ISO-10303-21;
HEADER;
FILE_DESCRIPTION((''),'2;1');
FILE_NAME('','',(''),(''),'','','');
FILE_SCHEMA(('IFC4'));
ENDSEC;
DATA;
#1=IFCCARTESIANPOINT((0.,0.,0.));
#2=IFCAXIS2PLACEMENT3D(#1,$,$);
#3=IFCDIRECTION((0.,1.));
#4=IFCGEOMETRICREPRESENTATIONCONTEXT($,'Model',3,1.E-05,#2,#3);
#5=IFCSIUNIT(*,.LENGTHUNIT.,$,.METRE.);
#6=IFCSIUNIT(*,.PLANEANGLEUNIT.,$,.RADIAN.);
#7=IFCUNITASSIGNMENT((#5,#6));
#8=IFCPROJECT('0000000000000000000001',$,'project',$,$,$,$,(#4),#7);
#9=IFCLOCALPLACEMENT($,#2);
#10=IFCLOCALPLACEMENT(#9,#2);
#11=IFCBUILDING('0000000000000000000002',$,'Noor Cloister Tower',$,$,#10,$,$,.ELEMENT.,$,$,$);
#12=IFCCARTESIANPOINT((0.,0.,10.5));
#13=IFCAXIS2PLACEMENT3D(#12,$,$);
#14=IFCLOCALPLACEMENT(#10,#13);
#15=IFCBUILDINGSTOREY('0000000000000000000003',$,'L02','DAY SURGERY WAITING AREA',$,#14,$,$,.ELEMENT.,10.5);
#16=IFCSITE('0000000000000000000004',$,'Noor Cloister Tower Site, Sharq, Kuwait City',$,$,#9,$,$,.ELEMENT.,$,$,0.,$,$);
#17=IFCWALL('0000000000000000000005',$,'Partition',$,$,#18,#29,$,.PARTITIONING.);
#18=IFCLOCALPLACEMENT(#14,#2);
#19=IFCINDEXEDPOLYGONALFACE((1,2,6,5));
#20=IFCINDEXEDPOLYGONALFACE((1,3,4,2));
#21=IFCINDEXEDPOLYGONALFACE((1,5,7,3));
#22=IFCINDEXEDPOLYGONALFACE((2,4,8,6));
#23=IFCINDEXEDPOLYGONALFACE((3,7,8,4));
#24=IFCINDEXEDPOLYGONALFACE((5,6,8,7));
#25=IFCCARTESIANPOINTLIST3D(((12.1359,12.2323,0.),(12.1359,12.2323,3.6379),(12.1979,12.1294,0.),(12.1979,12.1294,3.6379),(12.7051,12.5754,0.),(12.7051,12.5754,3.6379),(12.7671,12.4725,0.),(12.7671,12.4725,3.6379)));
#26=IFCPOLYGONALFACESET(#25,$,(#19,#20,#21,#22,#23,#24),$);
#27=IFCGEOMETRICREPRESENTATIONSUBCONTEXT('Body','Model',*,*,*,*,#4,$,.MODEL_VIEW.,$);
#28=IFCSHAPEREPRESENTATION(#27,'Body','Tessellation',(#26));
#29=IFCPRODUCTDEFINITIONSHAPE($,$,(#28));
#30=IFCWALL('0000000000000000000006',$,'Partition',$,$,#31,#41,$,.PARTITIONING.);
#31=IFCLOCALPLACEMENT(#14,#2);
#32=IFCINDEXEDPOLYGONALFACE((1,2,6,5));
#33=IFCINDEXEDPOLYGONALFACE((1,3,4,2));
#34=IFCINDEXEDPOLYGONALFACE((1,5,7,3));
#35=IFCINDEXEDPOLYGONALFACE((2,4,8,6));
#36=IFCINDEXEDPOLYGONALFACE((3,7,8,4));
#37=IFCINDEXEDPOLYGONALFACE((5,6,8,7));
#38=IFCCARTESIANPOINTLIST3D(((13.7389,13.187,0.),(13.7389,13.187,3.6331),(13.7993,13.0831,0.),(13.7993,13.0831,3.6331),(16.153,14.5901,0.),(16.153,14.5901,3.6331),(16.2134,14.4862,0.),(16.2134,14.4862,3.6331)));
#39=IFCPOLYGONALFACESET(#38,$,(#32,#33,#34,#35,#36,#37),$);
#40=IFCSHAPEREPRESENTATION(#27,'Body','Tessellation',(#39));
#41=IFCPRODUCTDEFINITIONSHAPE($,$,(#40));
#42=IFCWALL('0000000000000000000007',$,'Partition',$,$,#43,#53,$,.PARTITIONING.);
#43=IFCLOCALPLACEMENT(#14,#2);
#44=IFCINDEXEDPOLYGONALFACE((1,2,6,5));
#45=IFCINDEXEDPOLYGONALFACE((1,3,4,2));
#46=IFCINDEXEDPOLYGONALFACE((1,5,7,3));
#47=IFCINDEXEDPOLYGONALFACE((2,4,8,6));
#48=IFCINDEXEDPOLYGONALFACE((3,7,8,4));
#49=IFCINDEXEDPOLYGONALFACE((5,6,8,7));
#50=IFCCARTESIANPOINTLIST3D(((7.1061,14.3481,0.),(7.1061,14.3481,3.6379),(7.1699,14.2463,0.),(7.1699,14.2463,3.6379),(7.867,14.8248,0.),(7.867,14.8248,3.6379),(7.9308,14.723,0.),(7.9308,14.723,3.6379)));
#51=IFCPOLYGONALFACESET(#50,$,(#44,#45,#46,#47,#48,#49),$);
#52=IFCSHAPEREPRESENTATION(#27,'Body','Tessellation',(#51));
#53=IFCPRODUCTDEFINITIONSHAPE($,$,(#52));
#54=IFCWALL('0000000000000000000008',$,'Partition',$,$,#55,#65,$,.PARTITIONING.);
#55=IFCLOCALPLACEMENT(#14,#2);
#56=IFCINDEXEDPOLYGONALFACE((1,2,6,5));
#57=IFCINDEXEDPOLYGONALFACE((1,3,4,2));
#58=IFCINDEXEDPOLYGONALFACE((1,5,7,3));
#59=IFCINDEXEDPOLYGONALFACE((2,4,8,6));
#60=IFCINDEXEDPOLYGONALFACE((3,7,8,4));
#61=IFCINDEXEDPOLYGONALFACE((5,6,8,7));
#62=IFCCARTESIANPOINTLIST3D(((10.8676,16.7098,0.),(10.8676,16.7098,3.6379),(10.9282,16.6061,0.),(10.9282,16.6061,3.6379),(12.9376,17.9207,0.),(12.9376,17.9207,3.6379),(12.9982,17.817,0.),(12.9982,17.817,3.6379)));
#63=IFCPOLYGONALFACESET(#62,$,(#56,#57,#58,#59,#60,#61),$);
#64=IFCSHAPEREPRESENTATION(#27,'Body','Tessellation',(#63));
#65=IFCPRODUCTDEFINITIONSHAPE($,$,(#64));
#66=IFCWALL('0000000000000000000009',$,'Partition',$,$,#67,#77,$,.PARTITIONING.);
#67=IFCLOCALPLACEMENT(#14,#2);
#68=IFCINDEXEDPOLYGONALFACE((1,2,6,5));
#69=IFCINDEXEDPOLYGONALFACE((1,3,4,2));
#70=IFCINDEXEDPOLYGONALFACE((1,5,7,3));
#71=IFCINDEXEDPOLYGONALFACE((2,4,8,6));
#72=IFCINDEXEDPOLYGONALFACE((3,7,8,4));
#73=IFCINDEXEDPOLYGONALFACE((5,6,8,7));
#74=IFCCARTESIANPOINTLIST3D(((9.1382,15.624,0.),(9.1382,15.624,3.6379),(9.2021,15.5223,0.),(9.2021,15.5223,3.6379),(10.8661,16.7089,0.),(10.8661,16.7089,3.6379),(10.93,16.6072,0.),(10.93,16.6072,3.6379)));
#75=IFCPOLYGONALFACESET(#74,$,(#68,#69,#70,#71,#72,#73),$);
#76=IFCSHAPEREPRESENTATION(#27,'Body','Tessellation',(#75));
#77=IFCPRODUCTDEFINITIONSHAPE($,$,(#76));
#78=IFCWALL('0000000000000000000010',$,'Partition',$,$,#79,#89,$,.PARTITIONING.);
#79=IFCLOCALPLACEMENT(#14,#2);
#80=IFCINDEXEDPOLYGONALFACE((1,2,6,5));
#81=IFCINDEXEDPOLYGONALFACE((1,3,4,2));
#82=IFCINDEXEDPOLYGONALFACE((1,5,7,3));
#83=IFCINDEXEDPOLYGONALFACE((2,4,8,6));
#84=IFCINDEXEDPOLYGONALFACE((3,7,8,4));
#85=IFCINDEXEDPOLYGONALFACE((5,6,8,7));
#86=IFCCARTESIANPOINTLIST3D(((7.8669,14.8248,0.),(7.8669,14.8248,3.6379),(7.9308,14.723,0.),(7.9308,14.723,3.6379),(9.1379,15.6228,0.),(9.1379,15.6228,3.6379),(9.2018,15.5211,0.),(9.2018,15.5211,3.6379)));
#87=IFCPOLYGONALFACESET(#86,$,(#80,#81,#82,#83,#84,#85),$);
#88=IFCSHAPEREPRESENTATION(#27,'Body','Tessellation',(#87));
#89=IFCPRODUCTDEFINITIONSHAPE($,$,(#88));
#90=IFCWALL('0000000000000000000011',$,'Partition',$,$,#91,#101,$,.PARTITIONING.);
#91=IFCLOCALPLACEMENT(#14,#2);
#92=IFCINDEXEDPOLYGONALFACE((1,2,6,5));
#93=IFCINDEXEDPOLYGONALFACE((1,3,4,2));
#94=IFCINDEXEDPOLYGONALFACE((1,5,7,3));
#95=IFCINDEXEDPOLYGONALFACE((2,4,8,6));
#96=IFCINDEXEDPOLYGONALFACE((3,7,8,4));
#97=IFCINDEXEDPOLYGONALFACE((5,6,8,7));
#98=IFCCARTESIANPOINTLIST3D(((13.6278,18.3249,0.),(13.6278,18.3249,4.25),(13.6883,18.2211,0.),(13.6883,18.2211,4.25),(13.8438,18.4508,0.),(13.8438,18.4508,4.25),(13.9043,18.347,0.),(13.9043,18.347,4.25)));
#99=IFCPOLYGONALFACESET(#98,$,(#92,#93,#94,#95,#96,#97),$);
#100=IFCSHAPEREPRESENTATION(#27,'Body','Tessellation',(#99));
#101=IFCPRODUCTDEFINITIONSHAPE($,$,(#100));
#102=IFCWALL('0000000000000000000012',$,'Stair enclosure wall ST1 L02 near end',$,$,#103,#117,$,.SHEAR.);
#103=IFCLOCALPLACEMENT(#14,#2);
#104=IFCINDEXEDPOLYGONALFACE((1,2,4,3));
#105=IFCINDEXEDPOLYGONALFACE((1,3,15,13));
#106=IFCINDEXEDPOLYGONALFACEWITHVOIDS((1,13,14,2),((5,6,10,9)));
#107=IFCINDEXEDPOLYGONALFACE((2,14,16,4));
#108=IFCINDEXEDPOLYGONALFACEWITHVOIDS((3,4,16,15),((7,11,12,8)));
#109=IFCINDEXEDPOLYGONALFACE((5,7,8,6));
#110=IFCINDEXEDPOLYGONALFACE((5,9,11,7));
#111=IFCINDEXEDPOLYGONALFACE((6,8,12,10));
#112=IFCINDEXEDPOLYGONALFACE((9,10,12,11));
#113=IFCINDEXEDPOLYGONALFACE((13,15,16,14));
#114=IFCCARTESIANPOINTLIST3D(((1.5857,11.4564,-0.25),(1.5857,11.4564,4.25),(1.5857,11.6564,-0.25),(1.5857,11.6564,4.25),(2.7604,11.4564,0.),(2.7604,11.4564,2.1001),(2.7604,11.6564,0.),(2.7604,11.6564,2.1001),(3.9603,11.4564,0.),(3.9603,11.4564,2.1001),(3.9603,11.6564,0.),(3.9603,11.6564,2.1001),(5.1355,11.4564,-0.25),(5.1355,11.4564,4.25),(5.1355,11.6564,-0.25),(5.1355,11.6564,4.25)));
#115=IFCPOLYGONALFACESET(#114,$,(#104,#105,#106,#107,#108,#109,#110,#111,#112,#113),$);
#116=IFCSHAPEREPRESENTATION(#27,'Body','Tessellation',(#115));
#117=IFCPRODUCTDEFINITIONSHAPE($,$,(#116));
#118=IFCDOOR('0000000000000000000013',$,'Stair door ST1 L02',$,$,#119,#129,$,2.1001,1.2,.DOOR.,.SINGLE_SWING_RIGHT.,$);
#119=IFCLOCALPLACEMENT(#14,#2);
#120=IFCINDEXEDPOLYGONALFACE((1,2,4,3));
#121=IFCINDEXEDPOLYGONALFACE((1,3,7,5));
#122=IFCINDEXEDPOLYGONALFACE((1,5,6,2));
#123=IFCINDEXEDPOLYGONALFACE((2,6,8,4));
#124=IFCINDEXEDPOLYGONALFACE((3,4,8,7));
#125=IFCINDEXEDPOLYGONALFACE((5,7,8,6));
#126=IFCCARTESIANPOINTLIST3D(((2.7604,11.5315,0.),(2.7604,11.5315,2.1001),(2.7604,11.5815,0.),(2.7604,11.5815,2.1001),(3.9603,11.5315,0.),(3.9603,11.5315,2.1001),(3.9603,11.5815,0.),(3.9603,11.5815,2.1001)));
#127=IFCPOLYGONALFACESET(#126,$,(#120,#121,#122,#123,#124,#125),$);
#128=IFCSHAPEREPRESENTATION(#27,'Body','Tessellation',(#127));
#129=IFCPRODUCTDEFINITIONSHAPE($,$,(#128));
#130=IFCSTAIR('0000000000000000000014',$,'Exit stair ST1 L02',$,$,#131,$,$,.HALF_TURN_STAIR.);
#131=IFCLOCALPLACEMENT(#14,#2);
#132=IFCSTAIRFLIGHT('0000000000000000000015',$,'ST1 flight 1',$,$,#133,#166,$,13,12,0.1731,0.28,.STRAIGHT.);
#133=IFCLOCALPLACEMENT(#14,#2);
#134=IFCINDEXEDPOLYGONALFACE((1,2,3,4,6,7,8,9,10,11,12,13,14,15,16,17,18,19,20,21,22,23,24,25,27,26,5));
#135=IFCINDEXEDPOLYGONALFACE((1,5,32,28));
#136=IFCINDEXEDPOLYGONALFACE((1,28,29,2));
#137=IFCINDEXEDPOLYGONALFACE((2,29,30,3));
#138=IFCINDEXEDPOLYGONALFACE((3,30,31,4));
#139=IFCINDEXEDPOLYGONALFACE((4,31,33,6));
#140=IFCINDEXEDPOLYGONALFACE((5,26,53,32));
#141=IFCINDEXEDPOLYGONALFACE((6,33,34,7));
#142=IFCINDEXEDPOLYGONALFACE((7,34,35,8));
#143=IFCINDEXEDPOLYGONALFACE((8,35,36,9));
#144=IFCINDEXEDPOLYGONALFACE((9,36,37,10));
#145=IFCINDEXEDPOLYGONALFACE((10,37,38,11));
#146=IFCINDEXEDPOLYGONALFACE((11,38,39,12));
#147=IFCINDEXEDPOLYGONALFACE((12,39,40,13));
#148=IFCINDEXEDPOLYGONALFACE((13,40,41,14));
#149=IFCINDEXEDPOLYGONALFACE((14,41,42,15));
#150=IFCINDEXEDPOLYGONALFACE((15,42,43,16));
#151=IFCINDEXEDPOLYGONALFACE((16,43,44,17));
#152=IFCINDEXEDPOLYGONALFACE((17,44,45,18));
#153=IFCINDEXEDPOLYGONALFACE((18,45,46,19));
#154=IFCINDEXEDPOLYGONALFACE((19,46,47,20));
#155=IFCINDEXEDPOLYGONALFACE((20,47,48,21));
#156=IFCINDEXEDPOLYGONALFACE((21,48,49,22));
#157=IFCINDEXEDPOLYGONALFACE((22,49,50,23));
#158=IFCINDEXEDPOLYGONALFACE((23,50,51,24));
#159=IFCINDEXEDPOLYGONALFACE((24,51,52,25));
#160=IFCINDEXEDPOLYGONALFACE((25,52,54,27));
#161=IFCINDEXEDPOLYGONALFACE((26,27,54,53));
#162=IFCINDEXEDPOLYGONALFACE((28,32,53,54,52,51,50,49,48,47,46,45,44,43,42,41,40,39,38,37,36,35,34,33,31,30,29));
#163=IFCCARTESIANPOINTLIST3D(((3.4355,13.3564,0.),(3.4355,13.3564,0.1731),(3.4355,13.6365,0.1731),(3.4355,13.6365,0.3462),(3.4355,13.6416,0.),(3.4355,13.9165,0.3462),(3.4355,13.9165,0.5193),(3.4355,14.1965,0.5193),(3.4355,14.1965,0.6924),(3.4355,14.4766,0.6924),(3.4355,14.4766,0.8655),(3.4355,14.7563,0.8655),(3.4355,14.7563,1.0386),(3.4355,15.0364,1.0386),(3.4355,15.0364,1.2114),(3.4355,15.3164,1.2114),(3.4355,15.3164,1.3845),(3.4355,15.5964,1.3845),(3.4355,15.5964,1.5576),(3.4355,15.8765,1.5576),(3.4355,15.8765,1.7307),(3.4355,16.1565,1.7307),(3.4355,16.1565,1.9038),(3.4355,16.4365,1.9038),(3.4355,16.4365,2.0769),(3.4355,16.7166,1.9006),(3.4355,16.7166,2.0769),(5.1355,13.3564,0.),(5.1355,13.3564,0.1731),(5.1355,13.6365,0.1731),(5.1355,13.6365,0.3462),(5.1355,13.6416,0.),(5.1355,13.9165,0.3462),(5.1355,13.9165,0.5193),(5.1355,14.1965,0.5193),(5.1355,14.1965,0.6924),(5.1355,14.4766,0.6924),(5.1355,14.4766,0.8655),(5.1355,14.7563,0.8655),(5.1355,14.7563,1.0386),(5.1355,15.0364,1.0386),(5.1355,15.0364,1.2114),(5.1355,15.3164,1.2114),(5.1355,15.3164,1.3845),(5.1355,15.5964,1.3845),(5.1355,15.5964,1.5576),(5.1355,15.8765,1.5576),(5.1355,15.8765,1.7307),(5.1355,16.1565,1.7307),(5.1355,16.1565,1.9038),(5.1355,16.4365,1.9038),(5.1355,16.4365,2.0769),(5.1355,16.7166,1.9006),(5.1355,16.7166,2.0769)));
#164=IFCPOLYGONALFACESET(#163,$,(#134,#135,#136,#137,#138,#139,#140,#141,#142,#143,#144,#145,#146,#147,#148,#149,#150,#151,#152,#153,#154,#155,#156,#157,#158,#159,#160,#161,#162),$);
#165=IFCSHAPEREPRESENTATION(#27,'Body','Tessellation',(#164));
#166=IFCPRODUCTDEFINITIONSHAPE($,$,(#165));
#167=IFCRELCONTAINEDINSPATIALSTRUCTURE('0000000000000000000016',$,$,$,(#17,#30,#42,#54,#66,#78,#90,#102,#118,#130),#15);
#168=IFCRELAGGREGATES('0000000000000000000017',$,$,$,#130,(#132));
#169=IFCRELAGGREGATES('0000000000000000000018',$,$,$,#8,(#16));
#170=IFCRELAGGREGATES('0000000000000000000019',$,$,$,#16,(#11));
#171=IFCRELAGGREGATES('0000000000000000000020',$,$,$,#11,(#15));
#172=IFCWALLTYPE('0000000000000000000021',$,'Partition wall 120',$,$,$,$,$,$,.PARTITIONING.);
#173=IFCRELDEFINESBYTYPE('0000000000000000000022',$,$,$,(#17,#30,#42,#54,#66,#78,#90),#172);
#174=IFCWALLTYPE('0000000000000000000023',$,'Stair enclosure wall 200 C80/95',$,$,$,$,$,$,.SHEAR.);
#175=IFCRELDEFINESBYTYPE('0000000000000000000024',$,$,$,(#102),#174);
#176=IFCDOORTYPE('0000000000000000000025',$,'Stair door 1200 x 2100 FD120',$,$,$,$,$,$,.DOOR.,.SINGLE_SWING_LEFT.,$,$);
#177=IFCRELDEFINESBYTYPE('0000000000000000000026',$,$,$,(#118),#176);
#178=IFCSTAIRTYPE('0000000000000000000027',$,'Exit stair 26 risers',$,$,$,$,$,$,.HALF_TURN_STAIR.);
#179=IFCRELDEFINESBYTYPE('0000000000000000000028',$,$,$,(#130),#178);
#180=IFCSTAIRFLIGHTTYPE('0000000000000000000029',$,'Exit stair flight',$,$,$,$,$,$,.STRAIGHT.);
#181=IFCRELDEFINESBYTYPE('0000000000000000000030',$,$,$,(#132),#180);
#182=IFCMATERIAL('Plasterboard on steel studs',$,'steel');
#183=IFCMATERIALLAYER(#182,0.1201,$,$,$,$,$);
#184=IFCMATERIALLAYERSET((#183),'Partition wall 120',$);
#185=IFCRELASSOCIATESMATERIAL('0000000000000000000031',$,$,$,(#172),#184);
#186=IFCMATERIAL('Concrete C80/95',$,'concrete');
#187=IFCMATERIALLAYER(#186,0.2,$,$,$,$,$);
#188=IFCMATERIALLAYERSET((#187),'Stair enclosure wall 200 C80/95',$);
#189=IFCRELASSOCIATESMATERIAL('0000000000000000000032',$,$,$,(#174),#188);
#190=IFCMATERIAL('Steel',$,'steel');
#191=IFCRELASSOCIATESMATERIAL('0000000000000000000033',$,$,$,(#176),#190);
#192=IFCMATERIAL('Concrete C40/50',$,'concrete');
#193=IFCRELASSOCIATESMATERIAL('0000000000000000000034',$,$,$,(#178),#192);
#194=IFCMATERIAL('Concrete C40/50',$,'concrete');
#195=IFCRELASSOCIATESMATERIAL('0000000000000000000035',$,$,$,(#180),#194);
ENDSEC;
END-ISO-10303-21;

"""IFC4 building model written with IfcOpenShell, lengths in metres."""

from ifc_helpers import new_model, si_unit, direction, frame, frame_2d, origin, place, context, subcontext, project, spatial, polyline, rectangle, outline, extrude, material, layer, layer_set, type_object, element, fill, aggregate, save


model = new_model("IFC4")

# Units and contexts
model_context = context("Model", 3, precision=1e-05, world=origin(), true_north=direction((0.0, 1.0)))
body_context = subcontext(model_context, "Body", "Model", "MODEL_VIEW")
ifc_project = project(units=[si_unit("LENGTHUNIT", "METRE"), si_unit("PLANEANGLEUNIT", "RADIAN")], contexts=[model_context])

# Site, building, storey
site_placement = place(None, origin())
site = spatial("IfcSite", under=ifc_project, at=site_placement, Name="Noor Cloister Tower Site, Sharq, Kuwait City", CompositionType="ELEMENT", RefElevation=0.0)
building_placement = place(site_placement, origin())
building = spatial("IfcBuilding", under=site, at=building_placement, Name="Noor Cloister Tower", CompositionType="ELEMENT")
storey_placement = place(building_placement, frame((0.0, 0.0, 10.5)))
storey = spatial("IfcBuildingStorey", under=building, at=storey_placement, Name="L02", Description="DAY SURGERY WAITING AREA", CompositionType="ELEMENT", Elevation=10.5)

# Walls
ifc_material_1 = material(Name="Plasterboard on steel studs", Category="steel")
ifc_layer_1 = layer(ifc_material_1, 0.1201)
ifc_layer_set_1 = layer_set([ifc_layer_1], Name="Partition wall 120")
wall_type_1 = type_object("IfcWallType", Name="Partition wall 120", PredefinedType="PARTITIONING", material=ifc_layer_set_1)
wall_1_placement = place(storey_placement, frame((12.7361, 12.5239, 0.0), z_axis=(0.0, 0.0, 1.0), x_axis=(-0.856454, -0.516224, 0.0)))
element("IfcWall", 1, at=wall_1_placement, inside=storey, type_object=wall_type_1, Name="Partition", PredefinedType="PARTITIONING", context=body_context, shape_type="SweptSolid", body=[
    extrude(rectangle(XDim=0.6646, YDim=0.1201, at=frame_2d((0.3323, 0.0))), origin(), (0.0, 0.0, 1.0), 3.6379),
])
wall_2_placement = place(storey_placement, frame((16.1831, 14.5381, 0.0), z_axis=(0.0, 0.0, 1.0), x_axis=(-0.864577, -0.5025, 0.0)))
element("IfcWall", 2, at=wall_2_placement, inside=storey, type_object=wall_type_1, Name="Partition", PredefinedType="PARTITIONING", context=body_context, shape_type="SweptSolid", body=[
    extrude(rectangle(XDim=2.7922, YDim=0.1201, at=frame_2d((1.396, 0.0))), origin(), (0.0, 0.0, 1.0), 3.6331),
])
wall_3_placement = place(storey_placement, frame((7.8989, 14.7739, 0.0), z_axis=(0.0, 0.0, 1.0), x_axis=(-0.847402, -0.530952, 0.0)))
element("IfcWall", 3, at=wall_3_placement, inside=storey, type_object=wall_type_1, Name="Partition", PredefinedType="PARTITIONING", context=body_context, shape_type="SweptSolid", body=[
    extrude(rectangle(XDim=0.8979, YDim=0.1201, at=frame_2d((0.449, 0.0))), origin(), (0.0, 0.0, 1.0), 3.6379),
])
wall_4_placement = place(storey_placement, frame((12.968, 17.8689, 0.0), z_axis=(0.0, 0.0, 1.0), x_axis=(-0.863162, -0.504928, 0.0)))
element("IfcWall", 4, at=wall_4_placement, inside=storey, type_object=wall_type_1, Name="Partition", PredefinedType="PARTITIONING", context=body_context, shape_type="SweptSolid", body=[
    extrude(rectangle(XDim=2.3982, YDim=0.1201, at=frame_2d((1.1992, 0.0))), origin(), (0.0, 0.0, 1.0), 3.6379),
])
wall_5_placement = place(storey_placement, frame((10.8979, 16.658, 0.0), z_axis=(0.0, 0.0, 1.0), x_axis=(-0.846908, -0.53174, 0.0)))
element("IfcWall", 5, at=wall_5_placement, inside=storey, type_object=wall_type_1, Name="Partition", PredefinedType="PARTITIONING", context=body_context, shape_type="SweptSolid", body=[
    extrude(rectangle(XDim=2.0403, YDim=0.1201, at=frame_2d((1.02, 0.0))), origin(), (0.0, 0.0, 1.0), 3.6379),
])
wall_6_placement = place(storey_placement, frame((9.1699, 15.572, 0.0), z_axis=(0.0, 0.0, 1.0), x_axis=(-0.846881, -0.531782, 0.0)))
element("IfcWall", 6, at=wall_6_placement, inside=storey, type_object=wall_type_1, Name="Partition", PredefinedType="PARTITIONING", context=body_context, shape_type="SweptSolid", body=[
    extrude(rectangle(XDim=1.5007, YDim=0.1201, at=frame_2d((0.7505, 0.0))), origin(), (0.0, 0.0, 1.0), 3.6379),
])
wall_7_placement = place(storey_placement, frame((13.874, 18.3989, 0.0), z_axis=(0.0, 0.0, 1.0), x_axis=(-0.863885, -0.503689, 0.0)))
element("IfcWall", 7, at=wall_7_placement, inside=storey, type_object=wall_type_1, Name="Partition", PredefinedType="PARTITIONING", context=body_context, shape_type="SweptSolid", body=[
    extrude(rectangle(XDim=0.25, YDim=0.1201, at=frame_2d((0.125, 0.0))), origin(), (0.0, 0.0, 1.0), 4.25),
])

# Wall, opening, door
ifc_material_2 = material(Name="Concrete C80/95", Category="concrete")
ifc_layer_2 = layer(ifc_material_2, 0.2)
ifc_layer_set_2 = layer_set([ifc_layer_2], Name="Stair enclosure wall 200 C80/95")
wall_type_2 = type_object("IfcWallType", Name="Stair enclosure wall 200 C80/95", PredefinedType="SHEAR", material=ifc_layer_set_2)
wall_8_placement = place(storey_placement, frame((5.1355, 11.5564, -0.25), z_axis=(0.0, 0.0, 1.0), x_axis=(-1.0, 0.0, 0.0)))
wall_8 = element("IfcWall", 8, at=wall_8_placement, inside=storey, type_object=wall_type_2, Name="Stair enclosure wall ST1 L02 near end", PredefinedType="SHEAR", context=body_context, shape_type="SweptSolid", body=[
    extrude(rectangle(XDim=3.5498, YDim=0.2, at=frame_2d((1.7749, 0.0))), origin(), (0.0, 0.0, 1.0), 4.5),
])
opening_1_placement = place(wall_8_placement, frame((1.175, 0.0, 0.25)))
opening_1 = element("IfcOpeningElement", 9, at=opening_1_placement, cuts=wall_8, PredefinedType="OPENING", context=body_context, shape_type="SweptSolid", body=[
    extrude(rectangle(XDim=1.2, YDim=2.1001, at=frame_2d((0.6001, 1.05))), frame((0.0, 0.1099, 0.0), z_axis=(0.0, -1.0, 0.0), x_axis=(1.0, 0.0, 0.0)), (0.0, 0.0, 1.0), 0.22),
])
ifc_material_3 = material(Name="Steel", Category="steel")
door_type_1 = type_object("IfcDoorType", Name="Stair door 1200 x 2100 FD120", OperationType="SINGLE_SWING_LEFT", PredefinedType="DOOR", material=ifc_material_3)
door_1_placement = place(opening_1_placement, origin())
door_1 = element("IfcDoor", 10, at=door_1_placement, inside=storey, type_object=door_type_1, Name="Stair door ST1 L02", OperationType="SINGLE_SWING_RIGHT", OverallHeight=2.1001, OverallWidth=1.2, PredefinedType="DOOR", context=body_context, shape_type="SweptSolid", body=[
    extrude(rectangle(XDim=1.2, YDim=2.1001, at=frame_2d((0.6001, 1.05))), frame((0.0, 0.0249, 0.0), z_axis=(0.0, -1.0, 0.0), x_axis=(1.0, 0.0, 0.0)), (0.0, 0.0, 1.0), 0.05),
])
fill(opening_1, door_1)

# Stair, stair flight
ifc_material_4 = material(Name="Concrete C40/50", Category="concrete")
stair_type = type_object("IfcStairType", Name="Exit stair 26 risers", PredefinedType="HALF_TURN_STAIR", material=ifc_material_4)
stair_placement = place(storey_placement, origin())
stair = element("IfcStair", 11, at=stair_placement, inside=storey, type_object=stair_type, Name="Exit stair ST1 L02", PredefinedType="HALF_TURN_STAIR")
ifc_material_5 = material(Name="Concrete C40/50", Category="concrete")
stair_flight_type = type_object("IfcStairFlightType", Name="Exit stair flight", PredefinedType="STRAIGHT", material=ifc_material_5)
stair_flight_1_placement = place(storey_placement, frame((4.2856, 13.3564, 0.0), z_axis=(0.0, 0.0, 1.0), x_axis=(0.0, 1.0, 0.0)))
stair_flight_1 = element("IfcStairFlight", 12, at=stair_flight_1_placement, type_object=stair_flight_type, Name="ST1 flight 1", NumberOfRisers=13, NumberOfTreads=12, PredefinedType="STRAIGHT", RiserHeight=0.1731, TreadLength=0.28, context=body_context, shape_type="SweptSolid", body=[
    extrude(outline(polyline([(0.0, 0.0), (0.0, 0.1731), (0.28, 0.1731), (0.28, 0.3462), (0.5601, 0.3462), (0.5601, 0.5193), (0.8401, 0.5193), (0.8401, 0.6924), (1.1201, 0.6924), (1.1201, 0.8655), (1.3999, 0.8655), (1.3999, 1.0386), (1.6799, 1.0386), (1.6799, 1.2114), (1.96, 1.2114), (1.96, 1.3845), (2.24, 1.3845), (2.24, 1.5576), (2.52, 1.5576), (2.52, 1.7307), (2.8, 1.7307), (2.8, 1.9038), (3.0801, 1.9038), (3.0801, 2.0769), (3.3601, 2.0769), (3.3601, 2.25), (3.3601, 1.9006), (0.2852, 0.0), (0.0, 0.0)])), frame((0.0, 0.8501, 0.0), z_axis=(0.0, -1.0, 0.0), x_axis=(1.0, 0.0, 0.0)), (0.0, 0.0, 1.0), 1.7),
])
aggregate(stair, [stair_flight_1])

save(model, "model.ifc")
